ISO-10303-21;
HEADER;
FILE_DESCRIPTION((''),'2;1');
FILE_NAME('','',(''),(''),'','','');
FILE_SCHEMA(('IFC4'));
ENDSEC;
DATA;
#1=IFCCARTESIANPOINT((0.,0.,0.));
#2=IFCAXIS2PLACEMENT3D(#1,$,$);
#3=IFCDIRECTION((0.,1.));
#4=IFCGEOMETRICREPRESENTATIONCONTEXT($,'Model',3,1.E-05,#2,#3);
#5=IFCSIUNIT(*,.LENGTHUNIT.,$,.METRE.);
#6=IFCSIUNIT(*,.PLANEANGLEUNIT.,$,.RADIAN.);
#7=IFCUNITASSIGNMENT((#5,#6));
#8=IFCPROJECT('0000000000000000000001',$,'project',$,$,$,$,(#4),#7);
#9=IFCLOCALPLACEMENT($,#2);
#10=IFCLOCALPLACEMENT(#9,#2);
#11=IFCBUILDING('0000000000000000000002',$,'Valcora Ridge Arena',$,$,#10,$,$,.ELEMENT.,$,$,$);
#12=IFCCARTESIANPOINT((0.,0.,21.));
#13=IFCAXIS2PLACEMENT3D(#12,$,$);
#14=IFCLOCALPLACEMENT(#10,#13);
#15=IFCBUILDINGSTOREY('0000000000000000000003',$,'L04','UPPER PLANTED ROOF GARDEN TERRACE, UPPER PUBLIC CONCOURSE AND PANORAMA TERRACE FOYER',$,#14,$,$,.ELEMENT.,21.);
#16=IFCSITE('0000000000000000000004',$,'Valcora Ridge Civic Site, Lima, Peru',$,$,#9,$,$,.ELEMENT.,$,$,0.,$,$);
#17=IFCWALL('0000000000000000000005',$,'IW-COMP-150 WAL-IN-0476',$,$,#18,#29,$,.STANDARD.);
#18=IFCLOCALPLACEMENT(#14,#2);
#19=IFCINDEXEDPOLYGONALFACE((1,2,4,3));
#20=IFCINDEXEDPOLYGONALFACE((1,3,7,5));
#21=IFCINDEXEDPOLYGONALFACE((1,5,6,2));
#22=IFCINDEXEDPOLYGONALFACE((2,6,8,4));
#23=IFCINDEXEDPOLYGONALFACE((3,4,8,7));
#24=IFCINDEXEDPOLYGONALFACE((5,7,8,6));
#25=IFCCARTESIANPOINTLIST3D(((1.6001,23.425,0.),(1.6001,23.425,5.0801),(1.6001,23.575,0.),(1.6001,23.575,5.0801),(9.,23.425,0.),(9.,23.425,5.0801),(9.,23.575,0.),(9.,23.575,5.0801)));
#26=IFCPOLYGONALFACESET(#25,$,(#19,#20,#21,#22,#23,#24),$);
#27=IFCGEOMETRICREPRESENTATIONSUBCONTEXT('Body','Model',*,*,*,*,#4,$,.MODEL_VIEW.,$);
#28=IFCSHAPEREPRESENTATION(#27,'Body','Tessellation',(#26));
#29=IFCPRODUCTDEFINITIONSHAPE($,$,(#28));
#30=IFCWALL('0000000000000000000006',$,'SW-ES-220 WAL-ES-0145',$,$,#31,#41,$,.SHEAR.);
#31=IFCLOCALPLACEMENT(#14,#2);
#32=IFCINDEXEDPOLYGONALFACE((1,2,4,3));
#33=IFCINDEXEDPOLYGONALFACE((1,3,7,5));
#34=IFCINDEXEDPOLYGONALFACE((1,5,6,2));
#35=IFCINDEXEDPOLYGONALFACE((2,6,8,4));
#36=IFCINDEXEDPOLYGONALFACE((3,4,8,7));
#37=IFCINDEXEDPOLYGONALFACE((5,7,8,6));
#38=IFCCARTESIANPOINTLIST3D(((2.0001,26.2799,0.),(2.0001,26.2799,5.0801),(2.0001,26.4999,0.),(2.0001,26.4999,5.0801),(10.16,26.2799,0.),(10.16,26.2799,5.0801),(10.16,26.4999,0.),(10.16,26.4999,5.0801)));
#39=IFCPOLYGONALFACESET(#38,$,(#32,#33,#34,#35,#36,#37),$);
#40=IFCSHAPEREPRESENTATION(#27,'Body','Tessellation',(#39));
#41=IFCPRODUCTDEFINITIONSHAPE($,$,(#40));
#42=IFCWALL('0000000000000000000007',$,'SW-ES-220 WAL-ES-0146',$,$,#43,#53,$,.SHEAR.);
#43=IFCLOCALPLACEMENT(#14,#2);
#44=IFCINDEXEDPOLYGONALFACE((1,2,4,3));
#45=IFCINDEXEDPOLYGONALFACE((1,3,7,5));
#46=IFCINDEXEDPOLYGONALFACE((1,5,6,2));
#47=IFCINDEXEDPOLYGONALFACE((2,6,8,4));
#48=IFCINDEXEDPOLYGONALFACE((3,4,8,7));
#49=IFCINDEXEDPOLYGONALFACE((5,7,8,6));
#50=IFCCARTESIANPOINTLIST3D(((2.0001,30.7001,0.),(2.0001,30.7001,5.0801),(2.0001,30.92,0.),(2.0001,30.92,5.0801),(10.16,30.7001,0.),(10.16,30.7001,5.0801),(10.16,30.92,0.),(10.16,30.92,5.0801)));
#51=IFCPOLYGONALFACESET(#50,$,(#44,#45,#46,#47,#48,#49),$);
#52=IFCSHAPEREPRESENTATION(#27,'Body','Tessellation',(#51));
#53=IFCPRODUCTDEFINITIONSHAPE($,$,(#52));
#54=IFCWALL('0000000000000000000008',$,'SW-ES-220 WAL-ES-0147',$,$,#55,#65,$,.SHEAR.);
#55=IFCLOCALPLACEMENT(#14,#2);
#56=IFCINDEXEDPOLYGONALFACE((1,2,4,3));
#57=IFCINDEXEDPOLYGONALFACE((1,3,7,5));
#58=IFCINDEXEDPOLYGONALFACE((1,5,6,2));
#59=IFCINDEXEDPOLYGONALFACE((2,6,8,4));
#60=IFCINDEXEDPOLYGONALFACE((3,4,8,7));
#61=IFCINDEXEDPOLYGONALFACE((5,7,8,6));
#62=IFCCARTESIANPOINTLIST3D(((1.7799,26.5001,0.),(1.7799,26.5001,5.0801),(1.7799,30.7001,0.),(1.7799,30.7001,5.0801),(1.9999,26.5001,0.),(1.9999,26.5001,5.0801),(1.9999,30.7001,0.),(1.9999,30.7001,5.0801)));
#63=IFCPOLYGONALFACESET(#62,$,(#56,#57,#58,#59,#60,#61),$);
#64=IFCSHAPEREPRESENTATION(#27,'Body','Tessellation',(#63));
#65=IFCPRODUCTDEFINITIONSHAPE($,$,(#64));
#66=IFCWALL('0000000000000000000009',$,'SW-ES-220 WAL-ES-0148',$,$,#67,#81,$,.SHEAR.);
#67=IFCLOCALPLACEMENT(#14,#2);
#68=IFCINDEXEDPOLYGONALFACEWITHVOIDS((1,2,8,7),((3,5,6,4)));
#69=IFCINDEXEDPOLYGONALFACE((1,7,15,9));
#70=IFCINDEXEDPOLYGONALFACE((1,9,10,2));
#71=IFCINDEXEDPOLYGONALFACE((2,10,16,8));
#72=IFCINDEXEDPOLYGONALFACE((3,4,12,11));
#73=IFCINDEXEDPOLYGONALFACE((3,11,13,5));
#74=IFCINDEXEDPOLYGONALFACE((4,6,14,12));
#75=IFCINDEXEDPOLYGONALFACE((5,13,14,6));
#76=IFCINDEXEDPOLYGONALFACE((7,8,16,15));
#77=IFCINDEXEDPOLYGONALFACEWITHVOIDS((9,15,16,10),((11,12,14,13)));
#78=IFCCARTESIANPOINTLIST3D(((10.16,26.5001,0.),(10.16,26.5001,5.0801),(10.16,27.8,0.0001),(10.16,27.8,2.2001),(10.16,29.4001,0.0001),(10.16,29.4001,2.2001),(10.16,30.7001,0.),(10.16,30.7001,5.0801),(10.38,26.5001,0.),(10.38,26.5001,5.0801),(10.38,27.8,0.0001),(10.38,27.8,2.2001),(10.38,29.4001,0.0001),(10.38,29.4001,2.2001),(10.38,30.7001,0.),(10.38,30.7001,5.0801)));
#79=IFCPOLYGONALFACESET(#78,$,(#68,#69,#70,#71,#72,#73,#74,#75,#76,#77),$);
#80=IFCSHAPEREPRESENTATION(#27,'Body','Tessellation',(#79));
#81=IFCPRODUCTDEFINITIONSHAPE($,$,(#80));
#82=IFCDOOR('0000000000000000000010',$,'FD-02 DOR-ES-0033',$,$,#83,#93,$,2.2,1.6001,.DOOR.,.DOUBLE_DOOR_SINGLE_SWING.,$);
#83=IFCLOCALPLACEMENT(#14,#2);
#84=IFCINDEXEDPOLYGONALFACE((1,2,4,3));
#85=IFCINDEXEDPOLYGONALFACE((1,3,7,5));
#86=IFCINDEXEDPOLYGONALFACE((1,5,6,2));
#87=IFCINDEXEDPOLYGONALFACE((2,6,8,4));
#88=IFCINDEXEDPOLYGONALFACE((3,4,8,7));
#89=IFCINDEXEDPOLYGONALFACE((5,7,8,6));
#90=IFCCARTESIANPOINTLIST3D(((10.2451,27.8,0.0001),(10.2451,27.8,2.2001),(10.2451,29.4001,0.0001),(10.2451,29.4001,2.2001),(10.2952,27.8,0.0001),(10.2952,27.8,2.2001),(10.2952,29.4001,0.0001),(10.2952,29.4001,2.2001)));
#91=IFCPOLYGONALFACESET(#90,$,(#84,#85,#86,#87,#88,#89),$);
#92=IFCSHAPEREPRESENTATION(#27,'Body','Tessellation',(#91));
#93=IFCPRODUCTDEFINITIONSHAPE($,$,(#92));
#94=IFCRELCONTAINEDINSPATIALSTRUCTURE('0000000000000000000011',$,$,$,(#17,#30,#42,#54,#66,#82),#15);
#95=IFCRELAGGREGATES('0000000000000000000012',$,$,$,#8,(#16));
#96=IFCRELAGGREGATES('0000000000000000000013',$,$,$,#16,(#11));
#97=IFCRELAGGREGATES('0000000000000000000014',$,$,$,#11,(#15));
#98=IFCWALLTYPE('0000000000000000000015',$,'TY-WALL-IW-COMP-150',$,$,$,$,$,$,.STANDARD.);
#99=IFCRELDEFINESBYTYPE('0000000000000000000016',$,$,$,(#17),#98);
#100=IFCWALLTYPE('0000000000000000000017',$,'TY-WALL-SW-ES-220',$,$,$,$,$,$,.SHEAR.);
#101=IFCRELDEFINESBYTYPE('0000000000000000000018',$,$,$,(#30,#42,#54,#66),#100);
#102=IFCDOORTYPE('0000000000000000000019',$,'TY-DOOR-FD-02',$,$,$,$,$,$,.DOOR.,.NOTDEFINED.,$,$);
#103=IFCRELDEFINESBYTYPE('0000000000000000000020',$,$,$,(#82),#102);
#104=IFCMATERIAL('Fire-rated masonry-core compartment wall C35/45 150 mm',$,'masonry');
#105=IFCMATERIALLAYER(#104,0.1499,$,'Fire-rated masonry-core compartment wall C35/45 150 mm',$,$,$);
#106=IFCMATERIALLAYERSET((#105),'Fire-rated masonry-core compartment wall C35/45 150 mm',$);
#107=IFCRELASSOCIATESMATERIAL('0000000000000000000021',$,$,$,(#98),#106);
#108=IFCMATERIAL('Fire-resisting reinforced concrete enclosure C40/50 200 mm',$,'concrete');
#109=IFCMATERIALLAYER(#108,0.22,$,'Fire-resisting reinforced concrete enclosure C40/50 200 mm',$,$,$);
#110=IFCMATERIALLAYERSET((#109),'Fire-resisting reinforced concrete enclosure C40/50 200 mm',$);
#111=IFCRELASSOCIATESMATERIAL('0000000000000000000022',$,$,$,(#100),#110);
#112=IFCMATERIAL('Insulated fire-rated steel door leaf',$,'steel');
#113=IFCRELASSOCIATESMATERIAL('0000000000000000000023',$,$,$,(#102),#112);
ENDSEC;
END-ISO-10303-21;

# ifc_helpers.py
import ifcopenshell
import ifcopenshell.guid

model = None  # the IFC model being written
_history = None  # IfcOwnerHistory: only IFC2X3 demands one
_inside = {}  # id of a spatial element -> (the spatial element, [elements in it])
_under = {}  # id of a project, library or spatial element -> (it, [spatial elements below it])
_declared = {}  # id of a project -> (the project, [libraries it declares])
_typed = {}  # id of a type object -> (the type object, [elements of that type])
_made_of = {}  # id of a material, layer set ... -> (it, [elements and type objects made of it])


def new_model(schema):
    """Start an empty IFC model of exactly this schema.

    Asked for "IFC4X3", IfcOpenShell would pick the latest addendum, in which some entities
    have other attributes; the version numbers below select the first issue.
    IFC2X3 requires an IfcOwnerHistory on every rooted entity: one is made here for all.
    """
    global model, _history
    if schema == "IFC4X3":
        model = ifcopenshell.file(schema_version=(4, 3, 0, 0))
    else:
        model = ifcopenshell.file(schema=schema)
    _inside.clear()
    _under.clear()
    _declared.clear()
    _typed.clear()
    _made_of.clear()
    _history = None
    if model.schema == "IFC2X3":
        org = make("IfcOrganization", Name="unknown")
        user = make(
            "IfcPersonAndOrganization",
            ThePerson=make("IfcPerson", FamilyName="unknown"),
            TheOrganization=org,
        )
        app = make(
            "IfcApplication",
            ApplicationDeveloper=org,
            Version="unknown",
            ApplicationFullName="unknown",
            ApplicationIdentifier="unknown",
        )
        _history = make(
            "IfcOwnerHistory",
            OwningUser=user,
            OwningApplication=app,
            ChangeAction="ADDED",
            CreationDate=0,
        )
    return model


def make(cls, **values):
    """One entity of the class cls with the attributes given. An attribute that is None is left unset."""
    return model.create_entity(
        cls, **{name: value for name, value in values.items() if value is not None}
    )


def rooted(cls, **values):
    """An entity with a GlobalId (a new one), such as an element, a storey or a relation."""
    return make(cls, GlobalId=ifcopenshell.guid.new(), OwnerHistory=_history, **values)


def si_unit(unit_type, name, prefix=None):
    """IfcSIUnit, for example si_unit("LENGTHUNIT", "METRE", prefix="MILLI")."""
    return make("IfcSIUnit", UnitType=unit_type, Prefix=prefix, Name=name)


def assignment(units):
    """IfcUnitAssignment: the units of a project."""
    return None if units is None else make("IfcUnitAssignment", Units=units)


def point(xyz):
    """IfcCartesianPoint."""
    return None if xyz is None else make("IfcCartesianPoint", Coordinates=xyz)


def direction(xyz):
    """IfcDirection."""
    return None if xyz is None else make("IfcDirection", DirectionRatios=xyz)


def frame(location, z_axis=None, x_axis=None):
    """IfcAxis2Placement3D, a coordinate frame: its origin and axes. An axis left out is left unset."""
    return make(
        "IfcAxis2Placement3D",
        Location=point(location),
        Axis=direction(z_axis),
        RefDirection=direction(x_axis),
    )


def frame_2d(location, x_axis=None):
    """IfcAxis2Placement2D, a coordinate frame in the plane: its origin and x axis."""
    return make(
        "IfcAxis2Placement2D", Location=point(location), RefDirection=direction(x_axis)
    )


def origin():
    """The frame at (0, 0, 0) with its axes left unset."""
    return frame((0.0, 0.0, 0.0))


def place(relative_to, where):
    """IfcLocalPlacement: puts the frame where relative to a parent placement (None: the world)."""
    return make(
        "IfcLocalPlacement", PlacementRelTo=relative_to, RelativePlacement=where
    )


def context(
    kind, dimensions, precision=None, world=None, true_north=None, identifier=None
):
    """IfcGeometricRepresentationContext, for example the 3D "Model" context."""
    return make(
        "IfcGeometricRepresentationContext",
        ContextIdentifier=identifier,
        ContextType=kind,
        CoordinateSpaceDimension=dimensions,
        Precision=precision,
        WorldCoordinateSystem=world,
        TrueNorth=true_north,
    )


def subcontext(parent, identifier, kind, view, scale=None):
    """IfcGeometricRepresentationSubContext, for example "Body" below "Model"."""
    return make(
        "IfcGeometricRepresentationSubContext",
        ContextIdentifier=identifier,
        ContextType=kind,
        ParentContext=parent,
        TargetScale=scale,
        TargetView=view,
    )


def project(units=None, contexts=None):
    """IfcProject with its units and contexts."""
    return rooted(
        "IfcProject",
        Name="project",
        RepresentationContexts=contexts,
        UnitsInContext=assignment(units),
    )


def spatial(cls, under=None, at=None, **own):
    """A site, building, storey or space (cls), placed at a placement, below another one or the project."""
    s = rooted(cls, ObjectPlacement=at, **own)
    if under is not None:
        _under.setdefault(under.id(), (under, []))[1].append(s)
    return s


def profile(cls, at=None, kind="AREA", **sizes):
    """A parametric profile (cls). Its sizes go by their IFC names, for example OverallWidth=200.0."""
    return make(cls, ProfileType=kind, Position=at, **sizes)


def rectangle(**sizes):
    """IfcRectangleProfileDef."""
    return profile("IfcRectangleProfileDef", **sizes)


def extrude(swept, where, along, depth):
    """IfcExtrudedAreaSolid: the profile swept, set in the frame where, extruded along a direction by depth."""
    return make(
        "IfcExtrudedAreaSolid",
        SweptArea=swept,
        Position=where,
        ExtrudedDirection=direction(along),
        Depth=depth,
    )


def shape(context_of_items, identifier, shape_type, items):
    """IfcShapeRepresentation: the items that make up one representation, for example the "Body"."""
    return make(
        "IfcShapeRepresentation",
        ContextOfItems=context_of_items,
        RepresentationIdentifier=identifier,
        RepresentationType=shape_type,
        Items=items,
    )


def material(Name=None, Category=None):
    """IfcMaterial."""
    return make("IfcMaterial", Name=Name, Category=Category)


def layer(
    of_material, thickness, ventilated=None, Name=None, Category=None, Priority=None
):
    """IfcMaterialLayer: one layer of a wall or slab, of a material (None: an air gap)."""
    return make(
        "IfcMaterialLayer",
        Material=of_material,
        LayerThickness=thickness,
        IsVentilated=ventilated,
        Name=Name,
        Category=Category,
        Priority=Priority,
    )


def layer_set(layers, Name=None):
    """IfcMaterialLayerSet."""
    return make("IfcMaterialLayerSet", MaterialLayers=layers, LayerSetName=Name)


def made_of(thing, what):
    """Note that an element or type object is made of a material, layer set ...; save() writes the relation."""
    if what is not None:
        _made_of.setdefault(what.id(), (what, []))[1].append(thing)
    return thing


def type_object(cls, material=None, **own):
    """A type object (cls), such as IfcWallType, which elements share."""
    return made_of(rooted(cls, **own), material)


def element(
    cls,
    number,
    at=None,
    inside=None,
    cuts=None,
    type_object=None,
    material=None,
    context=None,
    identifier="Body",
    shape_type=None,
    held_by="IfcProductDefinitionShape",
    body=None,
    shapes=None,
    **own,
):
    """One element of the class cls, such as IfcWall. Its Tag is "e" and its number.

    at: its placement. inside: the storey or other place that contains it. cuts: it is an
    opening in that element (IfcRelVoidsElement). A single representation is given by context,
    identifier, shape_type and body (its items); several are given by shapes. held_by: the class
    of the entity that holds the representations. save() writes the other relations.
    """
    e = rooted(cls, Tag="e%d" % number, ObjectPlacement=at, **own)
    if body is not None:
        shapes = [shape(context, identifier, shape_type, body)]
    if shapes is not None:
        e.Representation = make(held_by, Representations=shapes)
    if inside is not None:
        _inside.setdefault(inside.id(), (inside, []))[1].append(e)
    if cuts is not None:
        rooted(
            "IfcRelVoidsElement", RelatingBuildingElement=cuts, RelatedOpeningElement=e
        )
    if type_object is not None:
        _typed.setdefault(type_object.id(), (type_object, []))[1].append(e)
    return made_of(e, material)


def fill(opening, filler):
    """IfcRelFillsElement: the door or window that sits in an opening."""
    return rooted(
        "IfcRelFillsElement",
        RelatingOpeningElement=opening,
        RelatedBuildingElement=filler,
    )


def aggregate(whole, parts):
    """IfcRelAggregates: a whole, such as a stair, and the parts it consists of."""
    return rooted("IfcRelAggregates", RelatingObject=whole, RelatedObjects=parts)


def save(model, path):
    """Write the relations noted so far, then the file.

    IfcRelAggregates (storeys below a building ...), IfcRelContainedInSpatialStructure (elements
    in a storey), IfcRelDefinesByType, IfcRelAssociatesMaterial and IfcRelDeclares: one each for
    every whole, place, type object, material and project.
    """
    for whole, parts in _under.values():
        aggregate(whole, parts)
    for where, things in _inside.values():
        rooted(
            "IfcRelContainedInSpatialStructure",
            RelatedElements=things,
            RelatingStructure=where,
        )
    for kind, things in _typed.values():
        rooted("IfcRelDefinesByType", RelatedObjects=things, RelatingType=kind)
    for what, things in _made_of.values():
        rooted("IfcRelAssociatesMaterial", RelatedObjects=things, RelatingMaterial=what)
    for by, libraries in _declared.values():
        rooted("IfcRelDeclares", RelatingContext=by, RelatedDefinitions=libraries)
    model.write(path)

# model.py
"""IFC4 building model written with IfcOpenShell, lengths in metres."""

from ifc_helpers import new_model, si_unit, direction, frame, frame_2d, origin, place, context, subcontext, project, spatial, rectangle, extrude, material, layer, layer_set, type_object, element, fill, save


model = new_model("IFC4")

# Units and contexts
model_context = context("Model", 3, precision=1e-05, world=origin(), true_north=direction((0.0, 1.0)))
body_context = subcontext(model_context, "Body", "Model", "MODEL_VIEW")
ifc_project = project(units=[si_unit("LENGTHUNIT", "METRE"), si_unit("PLANEANGLEUNIT", "RADIAN")], contexts=[model_context])

# Site, building, storey
site_placement = place(None, origin())
site = spatial("IfcSite", under=ifc_project, at=site_placement, Name="Valcora Ridge Civic Site, Lima, Peru", CompositionType="ELEMENT", RefElevation=0.0)
building_placement = place(site_placement, origin())
building = spatial("IfcBuilding", under=site, at=building_placement, Name="Valcora Ridge Arena", CompositionType="ELEMENT")
storey_placement = place(building_placement, frame((0.0, 0.0, 21.0)))
storey = spatial("IfcBuildingStorey", under=building, at=storey_placement, Name="L04", Description="UPPER PLANTED ROOF GARDEN TERRACE, UPPER PUBLIC CONCOURSE AND PANORAMA TERRACE FOYER", CompositionType="ELEMENT", Elevation=21.0)

# Walls
ifc_material_1 = material(Name="Fire-rated masonry-core compartment wall C35/45 150 mm", Category="masonry")
ifc_layer_1 = layer(ifc_material_1, 0.1499, Name="Fire-rated masonry-core compartment wall C35/45 150 mm")
ifc_layer_set_1 = layer_set([ifc_layer_1], Name="Fire-rated masonry-core compartment wall C35/45 150 mm")
wall_type_1 = type_object("IfcWallType", Name="TY-WALL-IW-COMP-150", PredefinedType="STANDARD", material=ifc_layer_set_1)
wall_1_placement = place(storey_placement, frame((1.6001, 23.5, 0.0), z_axis=(0.0, 0.0, 1.0), x_axis=(1.0, 0.0, 0.0)))
element("IfcWall", 1, at=wall_1_placement, inside=storey, type_object=wall_type_1, Name="IW-COMP-150 WAL-IN-0476", PredefinedType="STANDARD", context=body_context, shape_type="SweptSolid", body=[
    extrude(rectangle(XDim=7.3999, YDim=0.1499, at=frame_2d((3.7, 0.0))), origin(), (0.0, 0.0, 1.0), 5.0801),
])
ifc_material_2 = material(Name="Fire-resisting reinforced concrete enclosure C40/50 200 mm", Category="concrete")
ifc_layer_2 = layer(ifc_material_2, 0.22, Name="Fire-resisting reinforced concrete enclosure C40/50 200 mm")
ifc_layer_set_2 = layer_set([ifc_layer_2], Name="Fire-resisting reinforced concrete enclosure C40/50 200 mm")
wall_type_2 = type_object("IfcWallType", Name="TY-WALL-SW-ES-220", PredefinedType="SHEAR", material=ifc_layer_set_2)
for number, where, z_axis, x_axis, name in (
    (2, (2.0, 26.3899, 0.0), (0.0, 0.0, 1.0), (1.0, 0.0, 0.0), "SW-ES-220 WAL-ES-0145"),
    (3, (2.0, 30.8101, 0.0), (0.0, 0.0, 1.0), (1.0, 0.0, 0.0), "SW-ES-220 WAL-ES-0146"),
):
    element("IfcWall", number, at=place(storey_placement, frame(where, z_axis=z_axis, x_axis=x_axis)), inside=storey, type_object=wall_type_2, Name=name, PredefinedType="SHEAR", context=body_context, shape_type="SweptSolid", body=[
        extrude(rectangle(XDim=8.1599, YDim=0.22, at=frame_2d((4.0801, 0.0))), origin(), (0.0, 0.0, 1.0), 5.0801),
    ])
wall_2_placement = place(storey_placement, frame((1.8899, 26.5, 0.0), z_axis=(0.0, 0.0, 1.0), x_axis=(0.0, 1.0, 0.0)))
element("IfcWall", 4, at=wall_2_placement, inside=storey, type_object=wall_type_2, Name="SW-ES-220 WAL-ES-0147", PredefinedType="SHEAR", context=body_context, shape_type="SweptSolid", body=[
    extrude(rectangle(XDim=4.2, YDim=0.22, at=frame_2d((2.1001, 0.0))), origin(), (0.0, 0.0, 1.0), 5.0801),
])

# Wall, opening, door
wall_3_placement = place(storey_placement, frame((10.27, 26.5, 0.0), z_axis=(0.0, 0.0, 1.0), x_axis=(0.0, 1.0, 0.0)))
wall_3 = element("IfcWall", 5, at=wall_3_placement, inside=storey, type_object=wall_type_2, Name="SW-ES-220 WAL-ES-0148", PredefinedType="SHEAR", context=body_context, shape_type="SweptSolid", body=[
    extrude(rectangle(XDim=4.2, YDim=0.22, at=frame_2d((2.1001, 0.0))), origin(), (0.0, 0.0, 1.0), 5.0801),
])
opening_placement = place(wall_3_placement, frame((1.3, 0.0, 0.0)))
opening = element("IfcOpeningElement", 6, at=opening_placement, cuts=wall_3, PredefinedType="OPENING", context=body_context, shape_type="SweptSolid", body=[
    extrude(rectangle(XDim=1.6001, YDim=2.2, at=frame_2d((0.8, 1.1001))), frame((0.0, 0.1199, 0.0), z_axis=(0.0, -1.0, 0.0), x_axis=(1.0, 0.0, 0.0)), (0.0, 0.0, 1.0), 0.24),
])
ifc_material_3 = material(Name="Insulated fire-rated steel door leaf", Category="steel")
door_type = type_object("IfcDoorType", Name="TY-DOOR-FD-02", OperationType="NOTDEFINED", PredefinedType="DOOR", material=ifc_material_3)
door_placement = place(opening_placement, origin())
door = element("IfcDoor", 7, at=door_placement, inside=storey, type_object=door_type, Name="FD-02 DOR-ES-0033", OperationType="DOUBLE_DOOR_SINGLE_SWING", OverallHeight=2.2, OverallWidth=1.6001, PredefinedType="DOOR", context=body_context, shape_type="SweptSolid", body=[
    extrude(rectangle(XDim=1.6001, YDim=2.2, at=frame_2d((0.8, 1.1001))), frame((0.0, 0.0249, 0.0), z_axis=(0.0, -1.0, 0.0), x_axis=(1.0, 0.0, 0.0)), (0.0, 0.0, 1.0), 0.05),
])
fill(opening, door)

save(model, "model.ifc")
